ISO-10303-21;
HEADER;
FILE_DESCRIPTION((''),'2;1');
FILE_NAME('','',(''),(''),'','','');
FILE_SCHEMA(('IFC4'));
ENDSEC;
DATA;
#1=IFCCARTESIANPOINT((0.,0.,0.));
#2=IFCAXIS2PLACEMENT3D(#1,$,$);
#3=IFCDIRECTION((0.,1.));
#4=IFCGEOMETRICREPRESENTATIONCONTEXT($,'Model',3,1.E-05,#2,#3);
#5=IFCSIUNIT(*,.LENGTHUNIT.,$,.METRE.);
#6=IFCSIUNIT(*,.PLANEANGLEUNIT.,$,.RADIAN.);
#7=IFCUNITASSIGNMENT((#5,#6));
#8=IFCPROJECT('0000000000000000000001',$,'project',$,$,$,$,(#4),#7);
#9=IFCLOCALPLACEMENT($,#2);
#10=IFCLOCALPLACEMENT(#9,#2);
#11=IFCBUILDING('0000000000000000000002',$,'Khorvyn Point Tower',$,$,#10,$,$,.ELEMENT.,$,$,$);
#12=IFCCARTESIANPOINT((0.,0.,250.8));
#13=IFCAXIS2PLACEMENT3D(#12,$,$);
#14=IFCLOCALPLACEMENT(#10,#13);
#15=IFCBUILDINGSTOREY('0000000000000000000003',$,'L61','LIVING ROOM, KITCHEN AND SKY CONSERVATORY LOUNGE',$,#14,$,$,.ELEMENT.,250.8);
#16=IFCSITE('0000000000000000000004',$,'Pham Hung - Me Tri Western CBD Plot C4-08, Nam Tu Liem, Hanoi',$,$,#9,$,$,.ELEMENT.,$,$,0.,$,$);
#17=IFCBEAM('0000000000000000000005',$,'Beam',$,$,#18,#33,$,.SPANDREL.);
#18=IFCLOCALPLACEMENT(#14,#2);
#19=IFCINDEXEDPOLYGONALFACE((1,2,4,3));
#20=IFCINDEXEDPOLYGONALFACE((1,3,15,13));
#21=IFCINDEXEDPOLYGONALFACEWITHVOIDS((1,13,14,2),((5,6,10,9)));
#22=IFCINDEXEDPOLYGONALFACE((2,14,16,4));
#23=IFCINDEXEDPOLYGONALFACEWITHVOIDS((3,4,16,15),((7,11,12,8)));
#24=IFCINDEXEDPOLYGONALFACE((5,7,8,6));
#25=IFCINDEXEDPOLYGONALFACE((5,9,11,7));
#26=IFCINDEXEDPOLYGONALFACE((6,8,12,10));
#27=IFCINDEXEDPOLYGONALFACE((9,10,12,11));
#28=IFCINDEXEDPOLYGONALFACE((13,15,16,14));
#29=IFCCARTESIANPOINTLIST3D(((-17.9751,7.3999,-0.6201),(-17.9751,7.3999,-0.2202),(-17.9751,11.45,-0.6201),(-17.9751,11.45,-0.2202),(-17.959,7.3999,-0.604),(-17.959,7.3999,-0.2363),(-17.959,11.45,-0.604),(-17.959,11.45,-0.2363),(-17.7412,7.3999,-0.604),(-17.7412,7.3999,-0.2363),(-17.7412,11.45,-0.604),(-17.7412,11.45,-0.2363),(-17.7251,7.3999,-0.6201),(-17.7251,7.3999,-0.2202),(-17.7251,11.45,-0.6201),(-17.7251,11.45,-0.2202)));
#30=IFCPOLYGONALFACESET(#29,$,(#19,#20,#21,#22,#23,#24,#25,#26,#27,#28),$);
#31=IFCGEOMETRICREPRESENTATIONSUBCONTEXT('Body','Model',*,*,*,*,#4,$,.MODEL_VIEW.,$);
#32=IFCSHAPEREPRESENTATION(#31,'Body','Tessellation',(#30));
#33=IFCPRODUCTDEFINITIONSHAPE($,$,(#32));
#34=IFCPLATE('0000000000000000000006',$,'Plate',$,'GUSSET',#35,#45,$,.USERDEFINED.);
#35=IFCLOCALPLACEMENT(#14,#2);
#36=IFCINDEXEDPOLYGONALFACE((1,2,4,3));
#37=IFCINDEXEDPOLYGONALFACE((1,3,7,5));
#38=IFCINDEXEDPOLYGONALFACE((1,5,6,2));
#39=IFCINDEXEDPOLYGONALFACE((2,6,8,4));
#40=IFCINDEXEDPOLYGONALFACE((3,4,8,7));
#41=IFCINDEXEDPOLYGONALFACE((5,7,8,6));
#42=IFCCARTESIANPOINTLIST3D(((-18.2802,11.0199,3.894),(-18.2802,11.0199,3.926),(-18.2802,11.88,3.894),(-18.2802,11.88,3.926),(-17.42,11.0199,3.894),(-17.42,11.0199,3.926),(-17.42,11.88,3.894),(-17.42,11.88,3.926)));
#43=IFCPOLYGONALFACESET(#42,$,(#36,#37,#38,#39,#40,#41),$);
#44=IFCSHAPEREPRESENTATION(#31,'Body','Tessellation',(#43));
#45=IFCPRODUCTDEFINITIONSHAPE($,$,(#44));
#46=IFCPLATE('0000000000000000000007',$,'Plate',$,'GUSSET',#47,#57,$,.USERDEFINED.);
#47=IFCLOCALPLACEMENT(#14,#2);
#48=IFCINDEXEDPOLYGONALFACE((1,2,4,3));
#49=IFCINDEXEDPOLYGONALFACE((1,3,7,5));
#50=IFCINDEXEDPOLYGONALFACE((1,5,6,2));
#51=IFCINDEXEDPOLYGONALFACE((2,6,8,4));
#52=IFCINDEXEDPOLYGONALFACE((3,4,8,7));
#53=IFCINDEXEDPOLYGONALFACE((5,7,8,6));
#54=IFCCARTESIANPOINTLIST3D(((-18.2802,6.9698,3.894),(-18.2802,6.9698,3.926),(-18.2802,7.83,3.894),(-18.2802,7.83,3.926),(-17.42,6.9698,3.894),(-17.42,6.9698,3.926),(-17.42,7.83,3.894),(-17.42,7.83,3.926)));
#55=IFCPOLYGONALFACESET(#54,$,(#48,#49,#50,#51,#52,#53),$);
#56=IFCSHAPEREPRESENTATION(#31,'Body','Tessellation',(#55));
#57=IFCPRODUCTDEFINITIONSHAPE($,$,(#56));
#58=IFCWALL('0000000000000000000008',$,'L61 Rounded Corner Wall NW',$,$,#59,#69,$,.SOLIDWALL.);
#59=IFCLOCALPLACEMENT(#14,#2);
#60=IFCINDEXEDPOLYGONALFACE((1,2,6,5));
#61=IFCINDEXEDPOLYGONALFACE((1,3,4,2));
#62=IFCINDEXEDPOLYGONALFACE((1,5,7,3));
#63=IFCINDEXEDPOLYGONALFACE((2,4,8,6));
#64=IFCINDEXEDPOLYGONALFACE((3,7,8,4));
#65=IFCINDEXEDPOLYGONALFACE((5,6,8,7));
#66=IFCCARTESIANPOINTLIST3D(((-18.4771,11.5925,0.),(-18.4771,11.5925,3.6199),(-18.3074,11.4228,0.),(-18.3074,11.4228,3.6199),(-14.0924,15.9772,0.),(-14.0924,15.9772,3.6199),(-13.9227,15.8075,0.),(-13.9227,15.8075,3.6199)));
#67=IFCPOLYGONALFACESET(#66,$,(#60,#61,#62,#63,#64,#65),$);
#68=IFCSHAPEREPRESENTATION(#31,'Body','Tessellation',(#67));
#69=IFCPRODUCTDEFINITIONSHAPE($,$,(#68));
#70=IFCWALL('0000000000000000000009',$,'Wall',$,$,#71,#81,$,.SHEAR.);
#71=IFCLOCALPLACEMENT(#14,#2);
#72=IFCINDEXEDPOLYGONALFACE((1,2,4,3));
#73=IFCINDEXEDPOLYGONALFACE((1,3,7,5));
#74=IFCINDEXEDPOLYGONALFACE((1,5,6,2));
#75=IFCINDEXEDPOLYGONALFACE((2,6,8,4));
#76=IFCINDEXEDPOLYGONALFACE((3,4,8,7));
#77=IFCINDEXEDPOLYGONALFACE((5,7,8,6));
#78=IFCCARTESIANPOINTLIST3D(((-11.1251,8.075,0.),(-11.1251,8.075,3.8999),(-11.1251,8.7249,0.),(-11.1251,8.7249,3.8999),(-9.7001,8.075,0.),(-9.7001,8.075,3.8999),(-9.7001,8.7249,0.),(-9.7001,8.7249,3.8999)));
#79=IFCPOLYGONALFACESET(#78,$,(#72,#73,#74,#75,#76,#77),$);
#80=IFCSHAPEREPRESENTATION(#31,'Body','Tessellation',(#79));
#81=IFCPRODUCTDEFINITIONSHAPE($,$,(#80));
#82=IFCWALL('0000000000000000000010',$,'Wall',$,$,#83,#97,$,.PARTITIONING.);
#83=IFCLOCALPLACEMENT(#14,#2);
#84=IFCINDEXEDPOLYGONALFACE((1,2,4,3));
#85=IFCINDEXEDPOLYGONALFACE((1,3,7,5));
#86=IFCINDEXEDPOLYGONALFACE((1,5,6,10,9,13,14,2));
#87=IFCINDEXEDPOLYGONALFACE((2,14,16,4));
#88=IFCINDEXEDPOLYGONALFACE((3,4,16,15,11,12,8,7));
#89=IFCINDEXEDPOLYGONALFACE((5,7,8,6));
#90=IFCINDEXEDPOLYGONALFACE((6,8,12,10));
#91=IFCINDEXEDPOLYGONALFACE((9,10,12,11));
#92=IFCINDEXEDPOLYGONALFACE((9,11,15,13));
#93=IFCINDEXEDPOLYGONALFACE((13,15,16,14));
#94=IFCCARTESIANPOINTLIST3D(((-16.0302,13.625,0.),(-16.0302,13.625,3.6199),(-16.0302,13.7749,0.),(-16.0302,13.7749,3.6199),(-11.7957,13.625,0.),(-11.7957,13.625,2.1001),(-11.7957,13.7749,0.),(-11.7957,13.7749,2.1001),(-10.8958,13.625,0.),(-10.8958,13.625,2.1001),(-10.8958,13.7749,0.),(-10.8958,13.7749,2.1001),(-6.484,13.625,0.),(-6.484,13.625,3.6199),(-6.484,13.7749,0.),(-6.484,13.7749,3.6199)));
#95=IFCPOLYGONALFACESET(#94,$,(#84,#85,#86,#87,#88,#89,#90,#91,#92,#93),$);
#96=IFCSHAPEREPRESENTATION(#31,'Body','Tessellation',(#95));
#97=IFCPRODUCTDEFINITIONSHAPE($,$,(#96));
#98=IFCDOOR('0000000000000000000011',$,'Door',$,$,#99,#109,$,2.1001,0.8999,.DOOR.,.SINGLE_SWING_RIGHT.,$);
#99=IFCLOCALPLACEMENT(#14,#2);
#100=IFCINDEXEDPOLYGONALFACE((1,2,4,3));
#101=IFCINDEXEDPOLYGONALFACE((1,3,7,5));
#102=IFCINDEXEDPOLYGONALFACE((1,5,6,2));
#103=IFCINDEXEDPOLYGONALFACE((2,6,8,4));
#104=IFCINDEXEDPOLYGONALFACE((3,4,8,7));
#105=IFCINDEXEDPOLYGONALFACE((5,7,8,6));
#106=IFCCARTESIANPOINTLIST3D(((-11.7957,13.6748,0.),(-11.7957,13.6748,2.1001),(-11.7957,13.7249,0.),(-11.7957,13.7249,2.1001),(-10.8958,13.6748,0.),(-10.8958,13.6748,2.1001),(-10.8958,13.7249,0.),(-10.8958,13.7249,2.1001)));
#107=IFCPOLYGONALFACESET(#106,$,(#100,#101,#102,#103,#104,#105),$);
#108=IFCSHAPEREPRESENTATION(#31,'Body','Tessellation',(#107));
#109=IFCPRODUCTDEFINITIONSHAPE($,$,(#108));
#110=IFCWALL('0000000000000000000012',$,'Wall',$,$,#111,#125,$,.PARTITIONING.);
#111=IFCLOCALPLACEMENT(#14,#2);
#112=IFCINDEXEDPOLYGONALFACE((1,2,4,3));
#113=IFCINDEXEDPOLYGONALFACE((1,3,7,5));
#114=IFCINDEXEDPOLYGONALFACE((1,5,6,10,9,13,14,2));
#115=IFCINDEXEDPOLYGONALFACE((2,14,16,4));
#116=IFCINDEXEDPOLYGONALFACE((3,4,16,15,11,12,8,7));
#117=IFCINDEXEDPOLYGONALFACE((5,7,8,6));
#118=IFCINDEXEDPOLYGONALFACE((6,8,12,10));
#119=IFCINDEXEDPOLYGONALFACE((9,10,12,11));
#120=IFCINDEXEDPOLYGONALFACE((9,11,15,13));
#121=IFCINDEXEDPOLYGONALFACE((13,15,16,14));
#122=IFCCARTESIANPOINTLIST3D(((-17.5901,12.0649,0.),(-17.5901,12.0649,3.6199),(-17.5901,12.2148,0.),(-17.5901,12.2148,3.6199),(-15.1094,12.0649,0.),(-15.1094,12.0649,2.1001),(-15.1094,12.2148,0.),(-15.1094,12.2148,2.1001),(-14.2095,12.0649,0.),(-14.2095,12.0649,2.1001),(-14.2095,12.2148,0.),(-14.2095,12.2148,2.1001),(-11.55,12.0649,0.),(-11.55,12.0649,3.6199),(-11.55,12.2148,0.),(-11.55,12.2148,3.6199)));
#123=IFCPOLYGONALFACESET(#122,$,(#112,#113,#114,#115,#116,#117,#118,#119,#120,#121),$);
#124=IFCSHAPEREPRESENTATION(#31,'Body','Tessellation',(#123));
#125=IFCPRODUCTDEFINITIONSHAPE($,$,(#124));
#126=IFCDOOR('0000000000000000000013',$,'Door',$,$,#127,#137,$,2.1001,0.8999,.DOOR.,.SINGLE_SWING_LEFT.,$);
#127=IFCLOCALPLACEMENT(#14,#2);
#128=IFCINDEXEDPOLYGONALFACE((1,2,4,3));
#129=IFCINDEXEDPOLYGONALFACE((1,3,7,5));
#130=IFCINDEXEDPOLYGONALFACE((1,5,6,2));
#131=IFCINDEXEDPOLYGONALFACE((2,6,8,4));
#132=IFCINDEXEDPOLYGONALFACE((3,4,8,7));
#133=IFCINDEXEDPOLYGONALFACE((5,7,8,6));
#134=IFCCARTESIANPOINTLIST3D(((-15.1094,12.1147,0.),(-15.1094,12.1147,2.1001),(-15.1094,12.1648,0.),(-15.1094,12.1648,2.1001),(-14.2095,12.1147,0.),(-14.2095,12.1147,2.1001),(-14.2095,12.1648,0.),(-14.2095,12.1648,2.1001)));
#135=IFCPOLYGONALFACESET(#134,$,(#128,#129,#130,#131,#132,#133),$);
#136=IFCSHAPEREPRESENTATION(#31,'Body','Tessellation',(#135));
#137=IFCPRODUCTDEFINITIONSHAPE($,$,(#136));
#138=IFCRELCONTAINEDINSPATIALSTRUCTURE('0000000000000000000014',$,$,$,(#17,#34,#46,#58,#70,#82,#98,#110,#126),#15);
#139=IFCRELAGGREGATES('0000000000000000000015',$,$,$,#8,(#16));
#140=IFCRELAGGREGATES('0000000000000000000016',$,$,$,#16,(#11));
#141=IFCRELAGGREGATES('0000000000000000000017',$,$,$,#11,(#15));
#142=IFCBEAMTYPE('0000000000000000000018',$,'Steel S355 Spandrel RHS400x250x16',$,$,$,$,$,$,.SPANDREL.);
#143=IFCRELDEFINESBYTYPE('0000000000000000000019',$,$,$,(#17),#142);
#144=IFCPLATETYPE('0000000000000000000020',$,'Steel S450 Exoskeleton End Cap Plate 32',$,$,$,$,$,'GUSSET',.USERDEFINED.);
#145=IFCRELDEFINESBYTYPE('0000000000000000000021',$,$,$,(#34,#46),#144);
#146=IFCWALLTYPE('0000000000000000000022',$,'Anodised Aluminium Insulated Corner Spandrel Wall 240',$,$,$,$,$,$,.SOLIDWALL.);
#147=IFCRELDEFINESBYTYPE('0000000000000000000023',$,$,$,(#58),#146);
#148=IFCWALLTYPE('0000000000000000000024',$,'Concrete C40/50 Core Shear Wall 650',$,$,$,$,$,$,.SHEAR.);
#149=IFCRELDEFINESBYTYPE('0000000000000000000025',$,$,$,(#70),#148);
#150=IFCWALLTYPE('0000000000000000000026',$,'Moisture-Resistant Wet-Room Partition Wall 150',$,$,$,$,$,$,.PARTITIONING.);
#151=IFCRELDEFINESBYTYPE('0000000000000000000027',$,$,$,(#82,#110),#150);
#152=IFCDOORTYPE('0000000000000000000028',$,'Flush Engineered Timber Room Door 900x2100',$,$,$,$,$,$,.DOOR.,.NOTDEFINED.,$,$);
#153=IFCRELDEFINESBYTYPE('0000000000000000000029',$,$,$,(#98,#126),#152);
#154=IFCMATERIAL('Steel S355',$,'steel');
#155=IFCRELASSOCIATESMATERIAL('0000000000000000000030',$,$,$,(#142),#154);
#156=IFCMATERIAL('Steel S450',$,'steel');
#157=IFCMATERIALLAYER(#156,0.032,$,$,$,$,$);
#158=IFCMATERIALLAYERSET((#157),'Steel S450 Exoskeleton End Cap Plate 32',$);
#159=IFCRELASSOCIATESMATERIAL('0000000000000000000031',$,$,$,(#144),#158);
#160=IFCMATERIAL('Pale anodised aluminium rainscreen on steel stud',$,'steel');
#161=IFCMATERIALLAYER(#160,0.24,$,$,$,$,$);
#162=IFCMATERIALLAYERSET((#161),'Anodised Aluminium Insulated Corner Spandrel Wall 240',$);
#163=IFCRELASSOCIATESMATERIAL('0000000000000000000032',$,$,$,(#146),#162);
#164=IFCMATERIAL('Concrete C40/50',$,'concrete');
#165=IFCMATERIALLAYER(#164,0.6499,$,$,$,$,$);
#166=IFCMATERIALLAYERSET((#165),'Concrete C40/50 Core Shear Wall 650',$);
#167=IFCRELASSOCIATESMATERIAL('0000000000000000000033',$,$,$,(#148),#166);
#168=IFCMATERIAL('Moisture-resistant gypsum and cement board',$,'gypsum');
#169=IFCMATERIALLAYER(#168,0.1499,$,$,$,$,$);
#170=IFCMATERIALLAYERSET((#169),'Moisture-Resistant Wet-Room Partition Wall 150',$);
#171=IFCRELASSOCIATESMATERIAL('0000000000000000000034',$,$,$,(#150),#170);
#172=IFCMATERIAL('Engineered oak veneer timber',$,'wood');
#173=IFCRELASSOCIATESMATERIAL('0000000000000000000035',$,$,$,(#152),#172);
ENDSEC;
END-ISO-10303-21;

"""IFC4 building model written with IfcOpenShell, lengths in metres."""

from ifc_helpers import new_model, si_unit, direction, frame, frame_2d, origin, origin_2d, place, context, subcontext, project, spatial, rectangle, hollow_rectangle, extrude, material, layer, layer_set, material_profile, profile_set, type_object, element, fill, save


model = new_model("IFC4")

# Units and contexts
model_context = context("Model", 3, precision=1e-05, world=origin(), true_north=direction((0.0, 1.0)))
body_context = subcontext(model_context, "Body", "Model", "MODEL_VIEW")
ifc_project = project(units=[si_unit("LENGTHUNIT", "METRE"), si_unit("PLANEANGLEUNIT", "RADIAN")], contexts=[model_context])

# Site, building, storey
site_placement = place(None, origin())
site = spatial("IfcSite", under=ifc_project, at=site_placement, Name="Pham Hung - Me Tri Western CBD Plot C4-08, Nam Tu Liem, Hanoi", CompositionType="ELEMENT", RefElevation=0.0)
building_placement = place(site_placement, origin())
building = spatial("IfcBuilding", under=site, at=building_placement, Name="Khorvyn Point Tower", CompositionType="ELEMENT")
storey_placement = place(building_placement, frame((0.0, 0.0, 250.8)))
storey = spatial("IfcBuildingStorey", under=building, at=storey_placement, Name="L61", Description="LIVING ROOM, KITCHEN AND SKY CONSERVATORY LOUNGE", CompositionType="ELEMENT", Elevation=250.8)

# Shared definitions
ifc_material_1 = material(Name="Concrete C40/50", Category="concrete")
ifc_material_2 = material(Name="Steel S450", Category="steel")

# Beam
ifc_material_3 = material(Name="Steel S355", Category="steel")
ifc_material_profile_1 = material_profile(ifc_material_3, hollow_rectangle(XDim=0.25, YDim=0.3999, WallThickness=0.0161, at=origin_2d()))
ifc_profile_set_1 = profile_set([ifc_material_profile_1], Name="Steel S355 RHS400x250x16")
beam_type_1 = type_object("IfcBeamType", Name="Steel S355 Spandrel RHS400x250x16", PredefinedType="SPANDREL", material=ifc_profile_set_1)
beam_1_placement = place(storey_placement, frame((-17.8501, 7.3999, -0.4202), z_axis=(0.0, 1.0, 0.0), x_axis=(-1.0, 0.0, 0.0)))
element("IfcBeam", 1, at=beam_1_placement, inside=storey, type_object=beam_type_1, Name="Beam", PredefinedType="SPANDREL", context=body_context, shape_type="SweptSolid", body=[
    extrude(hollow_rectangle(XDim=0.25, YDim=0.3999, WallThickness=0.0161, at=origin_2d()), origin(), (0.0, 0.0, 1.0), 4.05),
])

# Plates
ifc_layer_1 = layer(ifc_material_2, 0.032)
ifc_layer_set_1 = layer_set([ifc_layer_1], Name="Steel S450 Exoskeleton End Cap Plate 32")
plate_type = type_object("IfcPlateType", Name="Steel S450 Exoskeleton End Cap Plate 32", ElementType="GUSSET", PredefinedType="USERDEFINED", material=ifc_layer_set_1)
for number, where, z_axis, x_axis, name in (
    (2, (-17.8501, 11.45, 3.894), (0.0, 0.0, 1.0), (1.0, 0.0, 0.0), "Plate"),
    (3, (-17.8501, 7.3999, 3.894), (0.0, 0.0, 1.0), (1.0, 0.0, 0.0), "Plate"),
):
    element("IfcPlate", number, at=place(storey_placement, frame(where, z_axis=z_axis, x_axis=x_axis)), inside=storey, type_object=plate_type, Name=name, ObjectType="GUSSET", PredefinedType="USERDEFINED", context=body_context, shape_type="SweptSolid", body=[
        extrude(rectangle(XDim=0.8601, YDim=0.8601, at=origin_2d()), origin(), (0.0, 0.0, 1.0), 0.032),
    ])

# Walls
ifc_material_4 = material(Name="Pale anodised aluminium rainscreen on steel stud", Category="steel")
ifc_layer_2 = layer(ifc_material_4, 0.24)
ifc_layer_set_2 = layer_set([ifc_layer_2], Name="Anodised Aluminium Insulated Corner Spandrel Wall 240")
wall_type_1 = type_object("IfcWallType", Name="Anodised Aluminium Insulated Corner Spandrel Wall 240", PredefinedType="SOLIDWALL", material=ifc_layer_set_2)
wall_1_placement = place(storey_placement, frame((-18.3923, 11.5076, 0.0), z_axis=(0.0, 0.0, 1.0), x_axis=(0.707107, 0.707107, 0.0)))
element("IfcWall", 4, at=wall_1_placement, inside=storey, type_object=wall_type_1, Name="L61 Rounded Corner Wall NW", PredefinedType="SOLIDWALL", context=body_context, shape_type="SweptSolid", body=[
    extrude(rectangle(XDim=6.2009, YDim=0.24, at=frame_2d((3.1006, 0.0))), origin(), (0.0, 0.0, 1.0), 3.6199),
])
ifc_layer_3 = layer(ifc_material_1, 0.6499)
ifc_layer_set_3 = layer_set([ifc_layer_3], Name="Concrete C40/50 Core Shear Wall 650")
wall_type_2 = type_object("IfcWallType", Name="Concrete C40/50 Core Shear Wall 650", PredefinedType="SHEAR", material=ifc_layer_set_3)
wall_2_placement = place(storey_placement, frame((-11.125, 8.3999, 0.0), z_axis=(0.0, 0.0, 1.0), x_axis=(1.0, 0.0, 0.0)))
element("IfcWall", 5, at=wall_2_placement, inside=storey, type_object=wall_type_2, Name="Wall", PredefinedType="SHEAR", context=body_context, shape_type="SweptSolid", body=[
    extrude(rectangle(XDim=1.425, YDim=0.6499, at=frame_2d((0.7124, 0.0))), origin(), (0.0, 0.0, 1.0), 3.8999),
])

# Walls, openings, doors
ifc_material_5 = material(Name="Moisture-resistant gypsum and cement board", Category="gypsum")
ifc_layer_4 = layer(ifc_material_5, 0.1499)
ifc_layer_set_4 = layer_set([ifc_layer_4], Name="Moisture-Resistant Wet-Room Partition Wall 150")
wall_type_3 = type_object("IfcWallType", Name="Moisture-Resistant Wet-Room Partition Wall 150", PredefinedType="PARTITIONING", material=ifc_layer_set_4)
wall_3_placement = place(storey_placement, frame((-16.03, 13.7, 0.0), z_axis=(0.0, 0.0, 1.0), x_axis=(1.0, 0.0, 0.0)))
wall_3 = element("IfcWall", 6, at=wall_3_placement, inside=storey, type_object=wall_type_3, Name="Wall", PredefinedType="PARTITIONING", context=body_context, shape_type="SweptSolid", body=[
    extrude(rectangle(XDim=9.5461, YDim=0.1499, at=frame_2d((4.7729, 0.0))), origin(), (0.0, 0.0, 1.0), 3.6199),
])
opening_1_placement = place(wall_3_placement, frame((4.2344, 0.0, 0.0)))
opening_1 = element("IfcOpeningElement", 7, at=opening_1_placement, cuts=wall_3, PredefinedType="OPENING", context=body_context, shape_type="SweptSolid", body=[
    extrude(rectangle(XDim=0.8999, YDim=2.1001, at=frame_2d((0.45, 1.05))), frame((0.0, 0.085, 0.0), z_axis=(0.0, -1.0, 0.0), x_axis=(1.0, 0.0, 0.0)), (0.0, 0.0, 1.0), 0.1699),
])
ifc_material_6 = material(Name="Engineered oak veneer timber", Category="wood")
door_type = type_object("IfcDoorType", Name="Flush Engineered Timber Room Door 900x2100", OperationType="NOTDEFINED", PredefinedType="DOOR", material=ifc_material_6)
door_1_placement = place(opening_1_placement, origin())
door_1 = element("IfcDoor", 8, at=door_1_placement, inside=storey, type_object=door_type, Name="Door", OperationType="SINGLE_SWING_RIGHT", OverallHeight=2.1001, OverallWidth=0.8999, PredefinedType="DOOR", context=body_context, shape_type="SweptSolid", body=[
    extrude(rectangle(XDim=0.8999, YDim=2.1001, at=frame_2d((0.45, 1.05))), frame((0.0, 0.0249, 0.0), z_axis=(0.0, -1.0, 0.0), x_axis=(1.0, 0.0, 0.0)), (0.0, 0.0, 1.0), 0.05),
])
fill(opening_1, door_1)
wall_4_placement = place(storey_placement, frame((-17.5901, 12.1399, 0.0), z_axis=(0.0, 0.0, 1.0), x_axis=(1.0, 0.0, 0.0)))
wall_4 = element("IfcWall", 9, at=wall_4_placement, inside=storey, type_object=wall_type_3, Name="Wall", PredefinedType="PARTITIONING", context=body_context, shape_type="SweptSolid", body=[
    extrude(rectangle(XDim=6.04, YDim=0.1499, at=frame_2d((3.02, 0.0))), origin(), (0.0, 0.0, 1.0), 3.6199),
])
opening_2_placement = place(wall_4_placement, frame((2.4807, 0.0, 0.0)))
opening_2 = element("IfcOpeningElement", 10, at=opening_2_placement, cuts=wall_4, PredefinedType="OPENING", context=body_context, shape_type="SweptSolid", body=[
    extrude(rectangle(XDim=0.8999, YDim=2.1001, at=frame_2d((0.45, 1.05))), frame((0.0, 0.085, 0.0), z_axis=(0.0, -1.0, 0.0), x_axis=(1.0, 0.0, 0.0)), (0.0, 0.0, 1.0), 0.1699),
])
door_2_placement = place(opening_2_placement, origin())
door_2 = element("IfcDoor", 11, at=door_2_placement, inside=storey, type_object=door_type, Name="Door", OperationType="SINGLE_SWING_LEFT", OverallHeight=2.1001, OverallWidth=0.8999, PredefinedType="DOOR", context=body_context, shape_type="SweptSolid", body=[
    extrude(rectangle(XDim=0.8999, YDim=2.1001, at=frame_2d((0.45, 1.05))), frame((0.0, 0.0249, 0.0), z_axis=(0.0, -1.0, 0.0), x_axis=(1.0, 0.0, 0.0)), (0.0, 0.0, 1.0), 0.05),
])
fill(opening_2, door_2)

save(model, "model.ifc")
